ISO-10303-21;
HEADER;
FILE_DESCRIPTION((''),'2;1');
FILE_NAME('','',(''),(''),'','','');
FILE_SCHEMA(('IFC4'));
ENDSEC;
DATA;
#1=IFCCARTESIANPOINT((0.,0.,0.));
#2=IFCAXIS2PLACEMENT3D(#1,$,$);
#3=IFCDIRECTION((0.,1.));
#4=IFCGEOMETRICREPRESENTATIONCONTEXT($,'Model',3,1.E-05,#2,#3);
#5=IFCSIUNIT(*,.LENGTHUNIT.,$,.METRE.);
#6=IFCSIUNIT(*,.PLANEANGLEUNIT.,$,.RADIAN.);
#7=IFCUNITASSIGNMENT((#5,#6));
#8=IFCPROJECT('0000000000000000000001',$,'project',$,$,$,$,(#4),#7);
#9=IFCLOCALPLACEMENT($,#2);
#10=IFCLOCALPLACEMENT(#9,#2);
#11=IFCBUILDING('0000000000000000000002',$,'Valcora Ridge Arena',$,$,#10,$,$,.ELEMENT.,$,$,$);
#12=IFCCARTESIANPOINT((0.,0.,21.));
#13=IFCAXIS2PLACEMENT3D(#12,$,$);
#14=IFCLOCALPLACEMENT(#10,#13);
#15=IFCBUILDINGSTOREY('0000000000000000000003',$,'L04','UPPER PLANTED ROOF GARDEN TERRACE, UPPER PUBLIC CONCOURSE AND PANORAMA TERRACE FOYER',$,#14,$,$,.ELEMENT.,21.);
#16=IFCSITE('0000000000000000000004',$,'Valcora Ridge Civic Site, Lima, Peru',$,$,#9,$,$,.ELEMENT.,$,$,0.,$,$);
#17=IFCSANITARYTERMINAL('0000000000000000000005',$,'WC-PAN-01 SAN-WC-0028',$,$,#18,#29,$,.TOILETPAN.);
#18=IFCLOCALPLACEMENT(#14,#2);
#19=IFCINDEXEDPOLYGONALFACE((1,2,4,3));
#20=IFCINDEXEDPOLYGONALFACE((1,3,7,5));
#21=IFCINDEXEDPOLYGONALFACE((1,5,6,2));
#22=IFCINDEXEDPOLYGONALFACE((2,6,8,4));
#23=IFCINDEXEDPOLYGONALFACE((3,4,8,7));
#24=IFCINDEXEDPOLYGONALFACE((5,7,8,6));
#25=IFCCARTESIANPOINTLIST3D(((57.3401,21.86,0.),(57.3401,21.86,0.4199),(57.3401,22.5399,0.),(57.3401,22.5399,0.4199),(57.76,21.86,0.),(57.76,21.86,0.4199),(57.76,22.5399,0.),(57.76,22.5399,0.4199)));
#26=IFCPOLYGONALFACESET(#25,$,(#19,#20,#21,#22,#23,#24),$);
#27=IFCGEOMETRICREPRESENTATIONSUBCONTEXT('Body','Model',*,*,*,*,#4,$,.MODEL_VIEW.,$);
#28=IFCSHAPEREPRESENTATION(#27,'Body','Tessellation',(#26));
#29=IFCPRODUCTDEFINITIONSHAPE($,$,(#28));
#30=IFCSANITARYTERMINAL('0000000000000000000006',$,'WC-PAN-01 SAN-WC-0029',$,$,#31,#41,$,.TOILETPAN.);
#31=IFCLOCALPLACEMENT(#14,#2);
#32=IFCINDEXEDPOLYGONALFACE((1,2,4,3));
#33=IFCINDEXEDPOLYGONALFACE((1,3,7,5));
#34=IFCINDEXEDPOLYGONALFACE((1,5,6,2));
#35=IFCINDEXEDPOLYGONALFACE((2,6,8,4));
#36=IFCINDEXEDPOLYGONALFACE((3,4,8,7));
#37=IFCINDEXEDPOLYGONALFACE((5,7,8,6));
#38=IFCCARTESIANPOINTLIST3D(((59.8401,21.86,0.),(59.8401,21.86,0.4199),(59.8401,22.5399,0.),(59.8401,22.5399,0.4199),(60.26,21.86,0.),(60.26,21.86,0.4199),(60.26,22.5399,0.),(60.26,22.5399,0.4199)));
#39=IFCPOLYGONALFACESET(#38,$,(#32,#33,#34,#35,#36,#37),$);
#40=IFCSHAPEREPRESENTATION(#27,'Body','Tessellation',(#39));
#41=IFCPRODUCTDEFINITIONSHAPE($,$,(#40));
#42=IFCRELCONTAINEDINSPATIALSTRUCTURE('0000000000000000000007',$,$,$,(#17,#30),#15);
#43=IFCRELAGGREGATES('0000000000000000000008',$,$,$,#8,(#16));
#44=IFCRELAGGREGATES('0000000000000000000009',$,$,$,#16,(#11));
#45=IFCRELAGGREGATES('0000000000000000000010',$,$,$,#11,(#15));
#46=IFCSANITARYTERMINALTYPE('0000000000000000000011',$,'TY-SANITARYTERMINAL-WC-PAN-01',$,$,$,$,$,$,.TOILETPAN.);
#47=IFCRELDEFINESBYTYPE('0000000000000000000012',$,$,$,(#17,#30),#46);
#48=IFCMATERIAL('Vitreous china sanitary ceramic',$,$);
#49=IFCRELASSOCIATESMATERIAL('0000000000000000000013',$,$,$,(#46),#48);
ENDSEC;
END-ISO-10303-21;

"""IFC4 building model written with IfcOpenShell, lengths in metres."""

from ifc_helpers import new_model, si_unit, direction, frame, origin, origin_2d, place, context, subcontext, project, spatial, rectangle, extrude, material, type_object, element, save


model = new_model("IFC4")

# Units and contexts
model_context = context("Model", 3, precision=1e-05, world=origin(), true_north=direction((0.0, 1.0)))
body_context = subcontext(model_context, "Body", "Model", "MODEL_VIEW")
ifc_project = project(units=[si_unit("LENGTHUNIT", "METRE"), si_unit("PLANEANGLEUNIT", "RADIAN")], contexts=[model_context])

# Site, building, storey
site_placement = place(None, origin())
site = spatial("IfcSite", under=ifc_project, at=site_placement, Name="Valcora Ridge Civic Site, Lima, Peru", CompositionType="ELEMENT", RefElevation=0.0)
building_placement = place(site_placement, origin())
building = spatial("IfcBuilding", under=site, at=building_placement, Name="Valcora Ridge Arena", CompositionType="ELEMENT")
storey_placement = place(building_placement, frame((0.0, 0.0, 21.0)))
storey = spatial("IfcBuildingStorey", under=building, at=storey_placement, Name="L04", Description="UPPER PLANTED ROOF GARDEN TERRACE, UPPER PUBLIC CONCOURSE AND PANORAMA TERRACE FOYER", CompositionType="ELEMENT", Elevation=21.0)

# Sanitary terminals
ifc_material_1 = material(Name="Vitreous china sanitary ceramic")
sanitary_terminal_type_1 = type_object("IfcSanitaryTerminalType", Name="TY-SANITARYTERMINAL-WC-PAN-01", PredefinedType="TOILETPAN", material=ifc_material_1)
for number, where, z_axis, x_axis, name in (
    (1, (57.55, 22.2, 0.0), (0.0, 0.0, 1.0), (1.0, 0.0, 0.0), "WC-PAN-01 SAN-WC-0028"),
    (2, (60.05, 22.2, 0.0), (0.0, 0.0, 1.0), (1.0, 0.0, 0.0), "WC-PAN-01 SAN-WC-0029"),
):
    element("IfcSanitaryTerminal", number, at=place(storey_placement, frame(where, z_axis=z_axis, x_axis=x_axis)), inside=storey, type_object=sanitary_terminal_type_1, Name=name, PredefinedType="TOILETPAN", context=body_context, shape_type="SweptSolid", body=[
        extrude(rectangle(XDim=0.4199, YDim=0.6799, at=origin_2d()), origin(), (0.0, 0.0, 1.0), 0.4199),
    ])

save(model, "model.ifc")
